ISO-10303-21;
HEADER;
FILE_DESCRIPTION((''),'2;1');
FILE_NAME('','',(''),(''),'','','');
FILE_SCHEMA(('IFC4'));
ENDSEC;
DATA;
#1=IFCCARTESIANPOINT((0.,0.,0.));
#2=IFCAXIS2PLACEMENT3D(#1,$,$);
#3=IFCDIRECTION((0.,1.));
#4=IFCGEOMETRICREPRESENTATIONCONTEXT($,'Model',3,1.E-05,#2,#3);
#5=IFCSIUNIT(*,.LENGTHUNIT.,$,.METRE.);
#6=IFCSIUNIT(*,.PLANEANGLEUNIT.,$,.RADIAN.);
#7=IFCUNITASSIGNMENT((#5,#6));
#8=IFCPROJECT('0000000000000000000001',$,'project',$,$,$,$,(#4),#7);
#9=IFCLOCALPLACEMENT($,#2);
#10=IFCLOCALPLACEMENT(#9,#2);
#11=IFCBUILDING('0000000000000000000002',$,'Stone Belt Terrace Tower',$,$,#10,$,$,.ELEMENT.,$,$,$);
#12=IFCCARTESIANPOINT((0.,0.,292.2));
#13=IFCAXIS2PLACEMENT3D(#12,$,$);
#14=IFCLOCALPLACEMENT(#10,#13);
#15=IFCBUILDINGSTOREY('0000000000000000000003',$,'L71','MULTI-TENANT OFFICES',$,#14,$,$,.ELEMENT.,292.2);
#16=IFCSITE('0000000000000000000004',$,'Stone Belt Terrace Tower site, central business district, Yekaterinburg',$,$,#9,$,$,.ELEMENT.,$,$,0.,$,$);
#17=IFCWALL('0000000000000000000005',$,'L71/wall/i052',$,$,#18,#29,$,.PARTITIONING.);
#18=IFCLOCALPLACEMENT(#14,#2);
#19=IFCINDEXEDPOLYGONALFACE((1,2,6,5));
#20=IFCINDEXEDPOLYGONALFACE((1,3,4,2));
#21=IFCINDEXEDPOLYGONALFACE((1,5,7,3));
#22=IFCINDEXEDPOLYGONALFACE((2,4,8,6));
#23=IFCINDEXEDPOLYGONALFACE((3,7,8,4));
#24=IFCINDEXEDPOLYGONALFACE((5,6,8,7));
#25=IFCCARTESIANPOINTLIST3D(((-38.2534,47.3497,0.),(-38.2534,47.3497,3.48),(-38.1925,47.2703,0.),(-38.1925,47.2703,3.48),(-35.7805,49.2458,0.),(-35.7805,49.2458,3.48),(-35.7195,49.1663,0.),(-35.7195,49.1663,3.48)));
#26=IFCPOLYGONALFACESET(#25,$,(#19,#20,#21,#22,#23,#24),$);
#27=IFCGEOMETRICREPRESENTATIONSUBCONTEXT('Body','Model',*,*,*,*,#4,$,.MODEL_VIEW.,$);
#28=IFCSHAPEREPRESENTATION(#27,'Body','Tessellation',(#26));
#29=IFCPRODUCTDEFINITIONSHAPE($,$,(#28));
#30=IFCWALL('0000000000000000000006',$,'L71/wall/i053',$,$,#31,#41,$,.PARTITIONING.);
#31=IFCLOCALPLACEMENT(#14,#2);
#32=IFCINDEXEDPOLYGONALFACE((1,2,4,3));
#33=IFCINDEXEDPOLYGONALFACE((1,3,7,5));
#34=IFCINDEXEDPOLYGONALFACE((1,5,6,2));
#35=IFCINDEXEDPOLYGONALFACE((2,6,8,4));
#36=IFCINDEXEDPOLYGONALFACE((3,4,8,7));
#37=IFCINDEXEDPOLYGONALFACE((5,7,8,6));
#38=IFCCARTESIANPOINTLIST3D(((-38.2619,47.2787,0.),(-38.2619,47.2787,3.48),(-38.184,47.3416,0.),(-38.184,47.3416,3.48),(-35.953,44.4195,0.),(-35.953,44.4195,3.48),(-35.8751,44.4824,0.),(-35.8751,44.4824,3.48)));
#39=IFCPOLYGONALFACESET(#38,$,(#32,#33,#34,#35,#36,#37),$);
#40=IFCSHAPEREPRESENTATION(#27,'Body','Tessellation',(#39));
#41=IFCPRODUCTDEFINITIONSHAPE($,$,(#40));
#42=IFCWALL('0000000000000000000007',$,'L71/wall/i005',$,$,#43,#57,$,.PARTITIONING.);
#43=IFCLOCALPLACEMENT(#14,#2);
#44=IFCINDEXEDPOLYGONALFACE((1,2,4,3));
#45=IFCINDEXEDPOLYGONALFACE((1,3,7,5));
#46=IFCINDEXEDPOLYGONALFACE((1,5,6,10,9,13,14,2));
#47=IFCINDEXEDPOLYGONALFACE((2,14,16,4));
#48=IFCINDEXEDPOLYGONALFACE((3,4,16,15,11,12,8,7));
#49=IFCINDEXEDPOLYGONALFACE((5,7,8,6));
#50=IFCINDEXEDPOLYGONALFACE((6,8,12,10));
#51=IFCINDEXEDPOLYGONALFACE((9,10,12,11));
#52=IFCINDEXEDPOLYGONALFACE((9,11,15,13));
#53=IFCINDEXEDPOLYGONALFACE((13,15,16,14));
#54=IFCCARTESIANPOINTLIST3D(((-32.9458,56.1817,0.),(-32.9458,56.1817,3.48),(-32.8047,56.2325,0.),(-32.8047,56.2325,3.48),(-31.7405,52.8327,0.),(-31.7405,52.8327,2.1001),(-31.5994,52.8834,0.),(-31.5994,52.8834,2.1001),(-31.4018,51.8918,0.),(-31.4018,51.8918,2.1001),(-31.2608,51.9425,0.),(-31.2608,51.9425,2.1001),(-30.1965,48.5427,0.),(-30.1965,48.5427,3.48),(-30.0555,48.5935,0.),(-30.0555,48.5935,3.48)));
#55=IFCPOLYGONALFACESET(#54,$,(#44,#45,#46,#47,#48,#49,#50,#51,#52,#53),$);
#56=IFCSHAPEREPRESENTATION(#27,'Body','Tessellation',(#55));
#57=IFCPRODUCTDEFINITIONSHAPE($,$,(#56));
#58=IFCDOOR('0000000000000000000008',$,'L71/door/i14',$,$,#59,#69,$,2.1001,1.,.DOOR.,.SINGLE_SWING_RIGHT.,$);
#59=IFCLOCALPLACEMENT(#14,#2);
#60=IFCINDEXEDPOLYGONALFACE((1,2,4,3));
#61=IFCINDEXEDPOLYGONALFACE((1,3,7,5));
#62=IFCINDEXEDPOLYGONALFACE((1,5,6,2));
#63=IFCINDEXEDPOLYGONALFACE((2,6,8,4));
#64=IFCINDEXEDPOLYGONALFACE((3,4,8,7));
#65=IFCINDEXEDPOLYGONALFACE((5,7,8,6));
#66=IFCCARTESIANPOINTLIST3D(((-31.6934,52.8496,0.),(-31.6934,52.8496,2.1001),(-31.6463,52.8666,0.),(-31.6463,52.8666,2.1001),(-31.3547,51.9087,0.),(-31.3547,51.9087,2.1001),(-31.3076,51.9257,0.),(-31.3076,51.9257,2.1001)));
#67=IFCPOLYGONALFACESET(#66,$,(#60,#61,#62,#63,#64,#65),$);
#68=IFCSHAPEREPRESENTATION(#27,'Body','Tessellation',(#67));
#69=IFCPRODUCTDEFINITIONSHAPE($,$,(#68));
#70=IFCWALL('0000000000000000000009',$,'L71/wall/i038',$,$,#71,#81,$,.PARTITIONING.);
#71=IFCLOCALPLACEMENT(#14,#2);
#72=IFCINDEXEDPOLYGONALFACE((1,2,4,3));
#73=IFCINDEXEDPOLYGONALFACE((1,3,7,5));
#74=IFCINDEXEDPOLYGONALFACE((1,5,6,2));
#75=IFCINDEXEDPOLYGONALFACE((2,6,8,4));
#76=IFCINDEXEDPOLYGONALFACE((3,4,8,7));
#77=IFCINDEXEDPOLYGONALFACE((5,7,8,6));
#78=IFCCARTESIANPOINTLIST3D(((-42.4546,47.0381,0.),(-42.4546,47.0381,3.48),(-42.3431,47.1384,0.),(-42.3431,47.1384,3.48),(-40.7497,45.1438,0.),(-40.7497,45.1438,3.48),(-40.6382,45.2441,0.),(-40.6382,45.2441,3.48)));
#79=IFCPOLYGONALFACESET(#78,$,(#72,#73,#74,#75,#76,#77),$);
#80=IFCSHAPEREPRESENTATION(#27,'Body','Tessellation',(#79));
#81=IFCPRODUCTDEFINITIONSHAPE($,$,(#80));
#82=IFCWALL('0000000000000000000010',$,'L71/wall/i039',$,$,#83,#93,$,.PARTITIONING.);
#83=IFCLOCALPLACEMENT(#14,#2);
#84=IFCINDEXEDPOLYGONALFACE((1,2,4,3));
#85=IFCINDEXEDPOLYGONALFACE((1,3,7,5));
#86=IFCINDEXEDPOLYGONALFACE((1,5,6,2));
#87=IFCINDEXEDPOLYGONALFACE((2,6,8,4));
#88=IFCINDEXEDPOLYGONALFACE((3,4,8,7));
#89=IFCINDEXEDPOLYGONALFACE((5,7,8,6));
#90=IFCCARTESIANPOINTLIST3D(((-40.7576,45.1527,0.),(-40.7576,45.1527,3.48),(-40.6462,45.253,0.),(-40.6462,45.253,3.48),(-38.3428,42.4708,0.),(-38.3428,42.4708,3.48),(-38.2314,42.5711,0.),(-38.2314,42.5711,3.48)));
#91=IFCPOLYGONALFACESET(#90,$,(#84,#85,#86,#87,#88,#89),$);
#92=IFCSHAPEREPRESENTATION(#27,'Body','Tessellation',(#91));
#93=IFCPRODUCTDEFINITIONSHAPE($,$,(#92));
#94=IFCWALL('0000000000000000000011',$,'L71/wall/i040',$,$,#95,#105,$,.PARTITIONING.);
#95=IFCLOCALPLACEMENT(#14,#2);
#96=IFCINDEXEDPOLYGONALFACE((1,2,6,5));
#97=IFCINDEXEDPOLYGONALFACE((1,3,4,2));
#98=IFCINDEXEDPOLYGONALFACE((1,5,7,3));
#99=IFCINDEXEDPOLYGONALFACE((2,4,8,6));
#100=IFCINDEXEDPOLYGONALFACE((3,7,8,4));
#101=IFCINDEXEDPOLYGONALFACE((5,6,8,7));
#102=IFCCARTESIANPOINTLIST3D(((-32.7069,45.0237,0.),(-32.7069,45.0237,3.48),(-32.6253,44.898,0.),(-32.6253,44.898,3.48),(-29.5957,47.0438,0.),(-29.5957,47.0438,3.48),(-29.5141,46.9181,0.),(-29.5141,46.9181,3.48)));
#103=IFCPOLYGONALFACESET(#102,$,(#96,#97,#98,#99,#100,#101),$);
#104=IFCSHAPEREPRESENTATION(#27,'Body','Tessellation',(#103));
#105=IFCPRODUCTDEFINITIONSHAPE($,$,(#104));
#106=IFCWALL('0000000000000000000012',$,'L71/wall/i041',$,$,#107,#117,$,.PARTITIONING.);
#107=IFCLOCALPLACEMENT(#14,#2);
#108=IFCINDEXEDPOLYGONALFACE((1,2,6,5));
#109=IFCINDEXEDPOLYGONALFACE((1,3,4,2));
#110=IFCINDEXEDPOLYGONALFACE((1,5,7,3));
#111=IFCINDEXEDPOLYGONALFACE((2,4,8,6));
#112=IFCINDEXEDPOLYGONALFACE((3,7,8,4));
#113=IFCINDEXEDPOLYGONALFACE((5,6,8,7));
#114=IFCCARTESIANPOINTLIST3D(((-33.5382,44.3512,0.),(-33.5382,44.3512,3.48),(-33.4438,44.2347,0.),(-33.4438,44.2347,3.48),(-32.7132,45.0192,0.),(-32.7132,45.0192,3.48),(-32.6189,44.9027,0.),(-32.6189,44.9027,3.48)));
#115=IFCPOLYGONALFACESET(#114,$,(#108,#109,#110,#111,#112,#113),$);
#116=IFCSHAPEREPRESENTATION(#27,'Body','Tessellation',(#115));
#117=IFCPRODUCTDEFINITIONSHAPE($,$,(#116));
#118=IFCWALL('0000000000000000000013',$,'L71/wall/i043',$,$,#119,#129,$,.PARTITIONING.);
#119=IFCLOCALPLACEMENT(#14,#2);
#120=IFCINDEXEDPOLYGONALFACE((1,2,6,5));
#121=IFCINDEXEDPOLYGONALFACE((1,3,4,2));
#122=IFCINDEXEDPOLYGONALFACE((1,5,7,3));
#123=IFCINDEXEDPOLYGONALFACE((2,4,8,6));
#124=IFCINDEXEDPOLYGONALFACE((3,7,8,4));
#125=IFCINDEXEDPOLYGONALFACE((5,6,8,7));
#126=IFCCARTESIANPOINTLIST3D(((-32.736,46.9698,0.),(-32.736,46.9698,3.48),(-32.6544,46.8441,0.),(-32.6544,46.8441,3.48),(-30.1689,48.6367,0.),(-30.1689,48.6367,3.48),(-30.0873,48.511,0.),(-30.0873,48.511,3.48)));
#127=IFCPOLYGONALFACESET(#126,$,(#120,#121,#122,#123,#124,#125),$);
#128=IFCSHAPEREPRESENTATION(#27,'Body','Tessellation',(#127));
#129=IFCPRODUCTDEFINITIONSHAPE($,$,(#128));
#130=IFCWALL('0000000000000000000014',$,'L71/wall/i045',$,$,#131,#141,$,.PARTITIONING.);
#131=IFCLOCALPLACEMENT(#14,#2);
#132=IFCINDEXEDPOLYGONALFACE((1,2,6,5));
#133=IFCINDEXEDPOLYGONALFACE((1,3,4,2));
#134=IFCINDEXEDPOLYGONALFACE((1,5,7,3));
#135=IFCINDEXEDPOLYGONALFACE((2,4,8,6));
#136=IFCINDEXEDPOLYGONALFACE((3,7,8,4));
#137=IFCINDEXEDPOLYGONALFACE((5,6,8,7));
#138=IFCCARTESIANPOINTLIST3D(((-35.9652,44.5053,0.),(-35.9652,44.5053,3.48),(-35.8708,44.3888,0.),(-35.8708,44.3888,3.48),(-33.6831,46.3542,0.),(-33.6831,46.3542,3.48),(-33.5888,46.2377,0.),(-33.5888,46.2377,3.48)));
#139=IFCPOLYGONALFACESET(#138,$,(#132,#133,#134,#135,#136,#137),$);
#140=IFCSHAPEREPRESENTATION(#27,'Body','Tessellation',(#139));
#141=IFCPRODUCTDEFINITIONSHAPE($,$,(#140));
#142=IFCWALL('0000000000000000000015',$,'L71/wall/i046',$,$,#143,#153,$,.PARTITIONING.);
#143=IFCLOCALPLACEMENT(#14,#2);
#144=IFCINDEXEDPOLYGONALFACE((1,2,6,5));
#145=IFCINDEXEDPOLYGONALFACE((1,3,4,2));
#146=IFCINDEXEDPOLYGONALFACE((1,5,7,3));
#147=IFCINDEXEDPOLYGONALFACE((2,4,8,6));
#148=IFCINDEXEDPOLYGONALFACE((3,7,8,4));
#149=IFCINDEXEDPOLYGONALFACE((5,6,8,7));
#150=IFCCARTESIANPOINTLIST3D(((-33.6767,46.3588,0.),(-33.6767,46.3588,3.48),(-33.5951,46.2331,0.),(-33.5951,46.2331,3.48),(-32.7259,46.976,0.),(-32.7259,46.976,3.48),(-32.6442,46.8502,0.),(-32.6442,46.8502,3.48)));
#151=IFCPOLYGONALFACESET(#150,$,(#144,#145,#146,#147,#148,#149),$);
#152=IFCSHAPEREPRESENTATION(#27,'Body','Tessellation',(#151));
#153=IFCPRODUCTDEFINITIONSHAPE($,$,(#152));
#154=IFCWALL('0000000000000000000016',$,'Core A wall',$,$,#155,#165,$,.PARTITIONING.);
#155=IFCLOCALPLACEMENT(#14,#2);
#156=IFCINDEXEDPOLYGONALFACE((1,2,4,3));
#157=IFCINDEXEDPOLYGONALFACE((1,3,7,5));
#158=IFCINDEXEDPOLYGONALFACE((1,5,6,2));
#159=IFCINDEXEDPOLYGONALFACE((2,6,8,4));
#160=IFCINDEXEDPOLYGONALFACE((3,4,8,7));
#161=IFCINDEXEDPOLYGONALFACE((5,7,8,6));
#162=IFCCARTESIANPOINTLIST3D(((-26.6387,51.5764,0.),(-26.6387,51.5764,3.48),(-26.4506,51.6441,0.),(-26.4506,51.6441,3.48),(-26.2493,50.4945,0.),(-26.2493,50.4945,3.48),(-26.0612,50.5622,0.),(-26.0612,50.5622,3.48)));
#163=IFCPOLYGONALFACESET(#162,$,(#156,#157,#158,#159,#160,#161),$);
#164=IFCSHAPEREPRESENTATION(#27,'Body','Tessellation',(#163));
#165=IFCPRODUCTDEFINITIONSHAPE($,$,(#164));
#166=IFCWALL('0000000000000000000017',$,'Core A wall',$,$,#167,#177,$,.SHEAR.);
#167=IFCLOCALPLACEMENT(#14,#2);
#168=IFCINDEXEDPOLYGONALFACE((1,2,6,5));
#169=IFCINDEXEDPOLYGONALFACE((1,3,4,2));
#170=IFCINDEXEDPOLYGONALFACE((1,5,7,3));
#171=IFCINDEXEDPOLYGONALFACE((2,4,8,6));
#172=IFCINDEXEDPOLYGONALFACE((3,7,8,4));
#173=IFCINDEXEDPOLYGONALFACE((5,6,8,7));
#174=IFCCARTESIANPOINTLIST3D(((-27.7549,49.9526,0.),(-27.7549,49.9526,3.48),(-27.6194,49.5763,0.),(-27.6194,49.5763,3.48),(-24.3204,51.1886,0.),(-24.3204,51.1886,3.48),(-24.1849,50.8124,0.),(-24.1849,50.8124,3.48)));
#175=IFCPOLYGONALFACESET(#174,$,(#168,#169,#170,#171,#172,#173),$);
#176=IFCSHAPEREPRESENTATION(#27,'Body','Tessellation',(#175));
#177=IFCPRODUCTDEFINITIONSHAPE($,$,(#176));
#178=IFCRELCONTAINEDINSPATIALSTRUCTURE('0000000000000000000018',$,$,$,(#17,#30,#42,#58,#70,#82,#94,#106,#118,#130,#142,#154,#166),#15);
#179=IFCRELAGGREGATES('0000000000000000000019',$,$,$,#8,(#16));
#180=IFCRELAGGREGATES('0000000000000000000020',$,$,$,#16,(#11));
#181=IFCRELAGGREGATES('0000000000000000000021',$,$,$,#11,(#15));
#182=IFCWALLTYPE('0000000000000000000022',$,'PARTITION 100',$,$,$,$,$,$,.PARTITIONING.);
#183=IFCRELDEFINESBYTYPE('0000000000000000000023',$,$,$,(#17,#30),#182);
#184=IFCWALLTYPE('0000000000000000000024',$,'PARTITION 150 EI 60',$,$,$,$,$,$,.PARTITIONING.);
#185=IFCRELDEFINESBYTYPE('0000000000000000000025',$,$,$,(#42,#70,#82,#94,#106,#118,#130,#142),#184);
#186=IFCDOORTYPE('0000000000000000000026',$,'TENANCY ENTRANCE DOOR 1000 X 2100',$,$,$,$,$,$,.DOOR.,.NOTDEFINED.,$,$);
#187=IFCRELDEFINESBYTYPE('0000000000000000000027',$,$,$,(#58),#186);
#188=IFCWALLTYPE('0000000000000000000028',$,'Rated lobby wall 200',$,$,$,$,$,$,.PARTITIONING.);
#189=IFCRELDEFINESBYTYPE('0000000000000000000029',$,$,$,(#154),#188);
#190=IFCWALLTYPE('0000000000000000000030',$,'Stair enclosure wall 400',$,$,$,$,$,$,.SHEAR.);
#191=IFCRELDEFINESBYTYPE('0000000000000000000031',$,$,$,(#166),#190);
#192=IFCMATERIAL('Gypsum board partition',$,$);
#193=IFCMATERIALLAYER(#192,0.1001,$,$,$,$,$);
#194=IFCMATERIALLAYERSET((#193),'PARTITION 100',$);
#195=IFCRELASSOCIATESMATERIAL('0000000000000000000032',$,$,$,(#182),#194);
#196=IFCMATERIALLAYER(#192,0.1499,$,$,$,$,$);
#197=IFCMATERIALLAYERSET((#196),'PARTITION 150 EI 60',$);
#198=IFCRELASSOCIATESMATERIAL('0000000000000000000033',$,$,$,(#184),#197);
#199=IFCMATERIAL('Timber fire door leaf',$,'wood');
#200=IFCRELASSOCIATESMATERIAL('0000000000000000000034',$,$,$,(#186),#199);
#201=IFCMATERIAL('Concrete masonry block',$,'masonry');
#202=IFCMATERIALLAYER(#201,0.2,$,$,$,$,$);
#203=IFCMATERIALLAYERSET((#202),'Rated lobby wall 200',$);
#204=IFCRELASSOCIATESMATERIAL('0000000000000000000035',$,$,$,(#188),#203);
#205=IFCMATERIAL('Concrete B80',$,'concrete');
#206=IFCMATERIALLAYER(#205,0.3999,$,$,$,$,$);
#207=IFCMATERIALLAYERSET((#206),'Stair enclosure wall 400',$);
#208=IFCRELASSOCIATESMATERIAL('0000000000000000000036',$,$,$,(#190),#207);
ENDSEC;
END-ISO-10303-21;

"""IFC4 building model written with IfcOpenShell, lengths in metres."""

from ifc_helpers import new_model, si_unit, direction, frame, frame_2d, origin, place, context, subcontext, project, spatial, rectangle, extrude, material, layer, layer_set, type_object, element, fill, save


model = new_model("IFC4")

# Units and contexts
model_context = context("Model", 3, precision=1e-05, world=origin(), true_north=direction((0.0, 1.0)))
body_context = subcontext(model_context, "Body", "Model", "MODEL_VIEW")
ifc_project = project(units=[si_unit("LENGTHUNIT", "METRE"), si_unit("PLANEANGLEUNIT", "RADIAN")], contexts=[model_context])

# Site, building, storey
site_placement = place(None, origin())
site = spatial("IfcSite", under=ifc_project, at=site_placement, Name="Stone Belt Terrace Tower site, central business district, Yekaterinburg", CompositionType="ELEMENT", RefElevation=0.0)
building_placement = place(site_placement, origin())
building = spatial("IfcBuilding", under=site, at=building_placement, Name="Stone Belt Terrace Tower", CompositionType="ELEMENT")
storey_placement = place(building_placement, frame((0.0, 0.0, 292.2)))
storey = spatial("IfcBuildingStorey", under=building, at=storey_placement, Name="L71", Description="MULTI-TENANT OFFICES", CompositionType="ELEMENT", Elevation=292.2)

# Shared definitions
ifc_material_1 = material(Name="Gypsum board partition")
ifc_layer_1 = layer(ifc_material_1, 0.1001)
ifc_layer_set_1 = layer_set([ifc_layer_1], Name="PARTITION 100")
wall_type_1 = type_object("IfcWallType", Name="PARTITION 100", PredefinedType="PARTITIONING", material=ifc_layer_set_1)

# Walls
wall_1_placement = place(storey_placement, frame((-35.75, 49.2061, 0.0), z_axis=(0.0, 0.0, 1.0), x_axis=(-0.79359, -0.608453, 0.0)))
element("IfcWall", 1, at=wall_1_placement, inside=storey, type_object=wall_type_1, Name="L71/wall/i052", PredefinedType="PARTITIONING", context=body_context, shape_type="SweptSolid", body=[
    extrude(rectangle(XDim=3.1162, YDim=0.1001, at=frame_2d((1.5581, 0.0))), origin(), (0.0, 0.0, 1.0), 3.48),
])
wall_2_placement = place(storey_placement, frame((-38.2229, 47.3101, 0.0), z_axis=(0.0, 0.0, 1.0), x_axis=(0.628261, -0.778002, 0.0)))
element("IfcWall", 2, at=wall_2_placement, inside=storey, type_object=wall_type_1, Name="L71/wall/i053", PredefinedType="PARTITIONING", context=body_context, shape_type="SweptSolid", body=[
    extrude(rectangle(XDim=3.675, YDim=0.1001, at=frame_2d((1.8374, 0.0))), origin(), (0.0, 0.0, 1.0), 3.48),
])

# Wall, opening, door
ifc_layer_2 = layer(ifc_material_1, 0.1499)
ifc_layer_set_2 = layer_set([ifc_layer_2], Name="PARTITION 150 EI 60")
wall_type_2 = type_object("IfcWallType", Name="PARTITION 150 EI 60", PredefinedType="PARTITIONING", material=ifc_layer_set_2)
wall_3_placement = place(storey_placement, frame((-30.126, 48.5681, 0.0), z_axis=(0.0, 0.0, 1.0), x_axis=(-0.338639, 0.940917, 0.0)))
wall_3 = element("IfcWall", 3, at=wall_3_placement, inside=storey, type_object=wall_type_2, Name="L71/wall/i005", PredefinedType="PARTITIONING", context=body_context, shape_type="SweptSolid", body=[
    extrude(rectangle(XDim=8.1187, YDim=0.1499, at=frame_2d((4.0593, 0.0))), origin(), (0.0, 0.0, 1.0), 3.48),
])
opening_1_placement = place(wall_3_placement, frame((3.5593, 0.0, 0.0)))
opening_1 = element("IfcOpeningElement", 4, at=opening_1_placement, cuts=wall_3, PredefinedType="OPENING", context=body_context, shape_type="SweptSolid", body=[
    extrude(rectangle(XDim=1.0, YDim=2.1001, at=frame_2d((0.5, 1.05))), frame((0.0, 0.085, 0.0), z_axis=(0.0, -1.0, 0.0), x_axis=(1.0, 0.0, 0.0)), (0.0, 0.0, 1.0), 0.1699),
])
ifc_material_2 = material(Name="Timber fire door leaf", Category="wood")
door_type_1 = type_object("IfcDoorType", Name="TENANCY ENTRANCE DOOR 1000 X 2100", OperationType="NOTDEFINED", PredefinedType="DOOR", material=ifc_material_2)
door_1_placement = place(opening_1_placement, origin())
door_1 = element("IfcDoor", 5, at=door_1_placement, inside=storey, type_object=door_type_1, Name="L71/door/i14", OperationType="SINGLE_SWING_RIGHT", OverallHeight=2.1001, OverallWidth=1.0, PredefinedType="DOOR", context=body_context, shape_type="SweptSolid", body=[
    extrude(rectangle(XDim=1.0, YDim=2.1001, at=frame_2d((0.5, 1.05))), frame((0.0, 0.0249, 0.0), z_axis=(0.0, -1.0, 0.0), x_axis=(1.0, 0.0, 0.0)), (0.0, 0.0, 1.0), 0.05),
])
fill(opening_1, door_1)

# Walls
wall_4_placement = place(storey_placement, frame((-42.3989, 47.0884, 0.0), z_axis=(0.0, 0.0, 1.0), x_axis=(0.668959, -0.743299, 0.0)))
element("IfcWall", 6, at=wall_4_placement, inside=storey, type_object=wall_type_2, Name="L71/wall/i038", PredefinedType="PARTITIONING", context=body_context, shape_type="SweptSolid", body=[
    extrude(rectangle(XDim=2.5486, YDim=0.1499, at=frame_2d((1.2744, 0.0))), origin(), (0.0, 0.0, 1.0), 3.48),
])
wall_5_placement = place(storey_placement, frame((-40.7019, 45.2029, 0.0), z_axis=(0.0, 0.0, 1.0), x_axis=(0.669133, -0.743143, 0.0)))
element("IfcWall", 7, at=wall_5_placement, inside=storey, type_object=wall_type_2, Name="L71/wall/i039", PredefinedType="PARTITIONING", context=body_context, shape_type="SweptSolid", body=[
    extrude(rectangle(XDim=3.6089, YDim=0.1499, at=frame_2d((1.8044, 0.0))), origin(), (0.0, 0.0, 1.0), 3.48),
])
wall_6_placement = place(storey_placement, frame((-29.5549, 46.981, 0.0), z_axis=(0.0, 0.0, 1.0), x_axis=(-0.838713, -0.544574, 0.0)))
element("IfcWall", 8, at=wall_6_placement, inside=storey, type_object=wall_type_2, Name="L71/wall/i040", PredefinedType="PARTITIONING", context=body_context, shape_type="SweptSolid", body=[
    extrude(rectangle(XDim=3.7095, YDim=0.1499, at=frame_2d((1.8547, 0.0))), origin(), (0.0, 0.0, 1.0), 3.48),
])
wall_7_placement = place(storey_placement, frame((-32.666, 44.9609, 0.0), z_axis=(0.0, 0.0, 1.0), x_axis=(-0.777175, -0.629284, 0.0)))
element("IfcWall", 9, at=wall_7_placement, inside=storey, type_object=wall_type_2, Name="L71/wall/i041", PredefinedType="PARTITIONING", context=body_context, shape_type="SweptSolid", body=[
    extrude(rectangle(XDim=1.0615, YDim=0.1499, at=frame_2d((0.5308, 0.0))), origin(), (0.0, 0.0, 1.0), 3.48),
])
wall_8_placement = place(storey_placement, frame((-32.6951, 46.907, 0.0), z_axis=(0.0, 0.0, 1.0), x_axis=(0.83869, 0.54461, 0.0)))
element("IfcWall", 10, at=wall_8_placement, inside=storey, type_object=wall_type_2, Name="L71/wall/i043", PredefinedType="PARTITIONING", context=body_context, shape_type="SweptSolid", body=[
    extrude(rectangle(XDim=3.0608, YDim=0.1499, at=frame_2d((1.5303, 0.0))), origin(), (0.0, 0.0, 1.0), 3.48),
])
wall_9_placement = place(storey_placement, frame((-35.918, 44.447, 0.0), z_axis=(0.0, 0.0, 1.0), x_axis=(0.776985, 0.629519, 0.0)))
element("IfcWall", 11, at=wall_9_placement, inside=storey, type_object=wall_type_2, Name="L71/wall/i045", PredefinedType="PARTITIONING", context=body_context, shape_type="SweptSolid", body=[
    extrude(rectangle(XDim=2.937, YDim=0.1499, at=frame_2d((1.4685, 0.0))), origin(), (0.0, 0.0, 1.0), 3.48),
])
wall_10_placement = place(storey_placement, frame((-33.636, 46.2959, 0.0), z_axis=(0.0, 0.0, 1.0), x_axis=(0.838812, 0.544421, 0.0)))
element("IfcWall", 12, at=wall_10_placement, inside=storey, type_object=wall_type_2, Name="L71/wall/i046", PredefinedType="PARTITIONING", context=body_context, shape_type="SweptSolid", body=[
    extrude(rectangle(XDim=1.1335, YDim=0.1499, at=frame_2d((0.5669, 0.0))), origin(), (0.0, 0.0, 1.0), 3.48),
])
ifc_material_3 = material(Name="Concrete masonry block", Category="masonry")
ifc_layer_3 = layer(ifc_material_3, 0.2)
ifc_layer_set_3 = layer_set([ifc_layer_3], Name="Rated lobby wall 200")
wall_type_3 = type_object("IfcWallType", Name="Rated lobby wall 200", PredefinedType="PARTITIONING", material=ifc_layer_set_3)
wall_11_placement = place(storey_placement, frame((-26.1553, 50.5283, 0.0), z_axis=(0.0, 0.0, 1.0), x_axis=(-0.338622, 0.940923, 0.0)))
element("IfcWall", 13, at=wall_11_placement, inside=storey, type_object=wall_type_3, Name="Core A wall", PredefinedType="PARTITIONING", context=body_context, shape_type="SweptSolid", body=[
    extrude(rectangle(XDim=1.1499, YDim=0.2, at=frame_2d((0.575, 0.0))), origin(), (0.0, 0.0, 1.0), 3.48),
])
ifc_material_4 = material(Name="Concrete B80", Category="concrete")
ifc_layer_4 = layer(ifc_material_4, 0.3999)
ifc_layer_set_4 = layer_set([ifc_layer_4], Name="Stair enclosure wall 400")
wall_type_4 = type_object("IfcWallType", Name="Stair enclosure wall 400", PredefinedType="SHEAR", material=ifc_layer_set_4)
wall_12_placement = place(storey_placement, frame((-27.6873, 49.7644, 0.0), z_axis=(0.0, 0.0, 1.0), x_axis=(0.940919, 0.338632, 0.0)))
element("IfcWall", 14, at=wall_12_placement, inside=storey, type_object=wall_type_4, Name="Core A wall", PredefinedType="SHEAR", context=body_context, shape_type="SweptSolid", body=[
    extrude(rectangle(XDim=3.6501, YDim=0.3999, at=frame_2d((1.8252, 0.0))), origin(), (0.0, 0.0, 1.0), 3.48),
])

save(model, "model.ifc")
